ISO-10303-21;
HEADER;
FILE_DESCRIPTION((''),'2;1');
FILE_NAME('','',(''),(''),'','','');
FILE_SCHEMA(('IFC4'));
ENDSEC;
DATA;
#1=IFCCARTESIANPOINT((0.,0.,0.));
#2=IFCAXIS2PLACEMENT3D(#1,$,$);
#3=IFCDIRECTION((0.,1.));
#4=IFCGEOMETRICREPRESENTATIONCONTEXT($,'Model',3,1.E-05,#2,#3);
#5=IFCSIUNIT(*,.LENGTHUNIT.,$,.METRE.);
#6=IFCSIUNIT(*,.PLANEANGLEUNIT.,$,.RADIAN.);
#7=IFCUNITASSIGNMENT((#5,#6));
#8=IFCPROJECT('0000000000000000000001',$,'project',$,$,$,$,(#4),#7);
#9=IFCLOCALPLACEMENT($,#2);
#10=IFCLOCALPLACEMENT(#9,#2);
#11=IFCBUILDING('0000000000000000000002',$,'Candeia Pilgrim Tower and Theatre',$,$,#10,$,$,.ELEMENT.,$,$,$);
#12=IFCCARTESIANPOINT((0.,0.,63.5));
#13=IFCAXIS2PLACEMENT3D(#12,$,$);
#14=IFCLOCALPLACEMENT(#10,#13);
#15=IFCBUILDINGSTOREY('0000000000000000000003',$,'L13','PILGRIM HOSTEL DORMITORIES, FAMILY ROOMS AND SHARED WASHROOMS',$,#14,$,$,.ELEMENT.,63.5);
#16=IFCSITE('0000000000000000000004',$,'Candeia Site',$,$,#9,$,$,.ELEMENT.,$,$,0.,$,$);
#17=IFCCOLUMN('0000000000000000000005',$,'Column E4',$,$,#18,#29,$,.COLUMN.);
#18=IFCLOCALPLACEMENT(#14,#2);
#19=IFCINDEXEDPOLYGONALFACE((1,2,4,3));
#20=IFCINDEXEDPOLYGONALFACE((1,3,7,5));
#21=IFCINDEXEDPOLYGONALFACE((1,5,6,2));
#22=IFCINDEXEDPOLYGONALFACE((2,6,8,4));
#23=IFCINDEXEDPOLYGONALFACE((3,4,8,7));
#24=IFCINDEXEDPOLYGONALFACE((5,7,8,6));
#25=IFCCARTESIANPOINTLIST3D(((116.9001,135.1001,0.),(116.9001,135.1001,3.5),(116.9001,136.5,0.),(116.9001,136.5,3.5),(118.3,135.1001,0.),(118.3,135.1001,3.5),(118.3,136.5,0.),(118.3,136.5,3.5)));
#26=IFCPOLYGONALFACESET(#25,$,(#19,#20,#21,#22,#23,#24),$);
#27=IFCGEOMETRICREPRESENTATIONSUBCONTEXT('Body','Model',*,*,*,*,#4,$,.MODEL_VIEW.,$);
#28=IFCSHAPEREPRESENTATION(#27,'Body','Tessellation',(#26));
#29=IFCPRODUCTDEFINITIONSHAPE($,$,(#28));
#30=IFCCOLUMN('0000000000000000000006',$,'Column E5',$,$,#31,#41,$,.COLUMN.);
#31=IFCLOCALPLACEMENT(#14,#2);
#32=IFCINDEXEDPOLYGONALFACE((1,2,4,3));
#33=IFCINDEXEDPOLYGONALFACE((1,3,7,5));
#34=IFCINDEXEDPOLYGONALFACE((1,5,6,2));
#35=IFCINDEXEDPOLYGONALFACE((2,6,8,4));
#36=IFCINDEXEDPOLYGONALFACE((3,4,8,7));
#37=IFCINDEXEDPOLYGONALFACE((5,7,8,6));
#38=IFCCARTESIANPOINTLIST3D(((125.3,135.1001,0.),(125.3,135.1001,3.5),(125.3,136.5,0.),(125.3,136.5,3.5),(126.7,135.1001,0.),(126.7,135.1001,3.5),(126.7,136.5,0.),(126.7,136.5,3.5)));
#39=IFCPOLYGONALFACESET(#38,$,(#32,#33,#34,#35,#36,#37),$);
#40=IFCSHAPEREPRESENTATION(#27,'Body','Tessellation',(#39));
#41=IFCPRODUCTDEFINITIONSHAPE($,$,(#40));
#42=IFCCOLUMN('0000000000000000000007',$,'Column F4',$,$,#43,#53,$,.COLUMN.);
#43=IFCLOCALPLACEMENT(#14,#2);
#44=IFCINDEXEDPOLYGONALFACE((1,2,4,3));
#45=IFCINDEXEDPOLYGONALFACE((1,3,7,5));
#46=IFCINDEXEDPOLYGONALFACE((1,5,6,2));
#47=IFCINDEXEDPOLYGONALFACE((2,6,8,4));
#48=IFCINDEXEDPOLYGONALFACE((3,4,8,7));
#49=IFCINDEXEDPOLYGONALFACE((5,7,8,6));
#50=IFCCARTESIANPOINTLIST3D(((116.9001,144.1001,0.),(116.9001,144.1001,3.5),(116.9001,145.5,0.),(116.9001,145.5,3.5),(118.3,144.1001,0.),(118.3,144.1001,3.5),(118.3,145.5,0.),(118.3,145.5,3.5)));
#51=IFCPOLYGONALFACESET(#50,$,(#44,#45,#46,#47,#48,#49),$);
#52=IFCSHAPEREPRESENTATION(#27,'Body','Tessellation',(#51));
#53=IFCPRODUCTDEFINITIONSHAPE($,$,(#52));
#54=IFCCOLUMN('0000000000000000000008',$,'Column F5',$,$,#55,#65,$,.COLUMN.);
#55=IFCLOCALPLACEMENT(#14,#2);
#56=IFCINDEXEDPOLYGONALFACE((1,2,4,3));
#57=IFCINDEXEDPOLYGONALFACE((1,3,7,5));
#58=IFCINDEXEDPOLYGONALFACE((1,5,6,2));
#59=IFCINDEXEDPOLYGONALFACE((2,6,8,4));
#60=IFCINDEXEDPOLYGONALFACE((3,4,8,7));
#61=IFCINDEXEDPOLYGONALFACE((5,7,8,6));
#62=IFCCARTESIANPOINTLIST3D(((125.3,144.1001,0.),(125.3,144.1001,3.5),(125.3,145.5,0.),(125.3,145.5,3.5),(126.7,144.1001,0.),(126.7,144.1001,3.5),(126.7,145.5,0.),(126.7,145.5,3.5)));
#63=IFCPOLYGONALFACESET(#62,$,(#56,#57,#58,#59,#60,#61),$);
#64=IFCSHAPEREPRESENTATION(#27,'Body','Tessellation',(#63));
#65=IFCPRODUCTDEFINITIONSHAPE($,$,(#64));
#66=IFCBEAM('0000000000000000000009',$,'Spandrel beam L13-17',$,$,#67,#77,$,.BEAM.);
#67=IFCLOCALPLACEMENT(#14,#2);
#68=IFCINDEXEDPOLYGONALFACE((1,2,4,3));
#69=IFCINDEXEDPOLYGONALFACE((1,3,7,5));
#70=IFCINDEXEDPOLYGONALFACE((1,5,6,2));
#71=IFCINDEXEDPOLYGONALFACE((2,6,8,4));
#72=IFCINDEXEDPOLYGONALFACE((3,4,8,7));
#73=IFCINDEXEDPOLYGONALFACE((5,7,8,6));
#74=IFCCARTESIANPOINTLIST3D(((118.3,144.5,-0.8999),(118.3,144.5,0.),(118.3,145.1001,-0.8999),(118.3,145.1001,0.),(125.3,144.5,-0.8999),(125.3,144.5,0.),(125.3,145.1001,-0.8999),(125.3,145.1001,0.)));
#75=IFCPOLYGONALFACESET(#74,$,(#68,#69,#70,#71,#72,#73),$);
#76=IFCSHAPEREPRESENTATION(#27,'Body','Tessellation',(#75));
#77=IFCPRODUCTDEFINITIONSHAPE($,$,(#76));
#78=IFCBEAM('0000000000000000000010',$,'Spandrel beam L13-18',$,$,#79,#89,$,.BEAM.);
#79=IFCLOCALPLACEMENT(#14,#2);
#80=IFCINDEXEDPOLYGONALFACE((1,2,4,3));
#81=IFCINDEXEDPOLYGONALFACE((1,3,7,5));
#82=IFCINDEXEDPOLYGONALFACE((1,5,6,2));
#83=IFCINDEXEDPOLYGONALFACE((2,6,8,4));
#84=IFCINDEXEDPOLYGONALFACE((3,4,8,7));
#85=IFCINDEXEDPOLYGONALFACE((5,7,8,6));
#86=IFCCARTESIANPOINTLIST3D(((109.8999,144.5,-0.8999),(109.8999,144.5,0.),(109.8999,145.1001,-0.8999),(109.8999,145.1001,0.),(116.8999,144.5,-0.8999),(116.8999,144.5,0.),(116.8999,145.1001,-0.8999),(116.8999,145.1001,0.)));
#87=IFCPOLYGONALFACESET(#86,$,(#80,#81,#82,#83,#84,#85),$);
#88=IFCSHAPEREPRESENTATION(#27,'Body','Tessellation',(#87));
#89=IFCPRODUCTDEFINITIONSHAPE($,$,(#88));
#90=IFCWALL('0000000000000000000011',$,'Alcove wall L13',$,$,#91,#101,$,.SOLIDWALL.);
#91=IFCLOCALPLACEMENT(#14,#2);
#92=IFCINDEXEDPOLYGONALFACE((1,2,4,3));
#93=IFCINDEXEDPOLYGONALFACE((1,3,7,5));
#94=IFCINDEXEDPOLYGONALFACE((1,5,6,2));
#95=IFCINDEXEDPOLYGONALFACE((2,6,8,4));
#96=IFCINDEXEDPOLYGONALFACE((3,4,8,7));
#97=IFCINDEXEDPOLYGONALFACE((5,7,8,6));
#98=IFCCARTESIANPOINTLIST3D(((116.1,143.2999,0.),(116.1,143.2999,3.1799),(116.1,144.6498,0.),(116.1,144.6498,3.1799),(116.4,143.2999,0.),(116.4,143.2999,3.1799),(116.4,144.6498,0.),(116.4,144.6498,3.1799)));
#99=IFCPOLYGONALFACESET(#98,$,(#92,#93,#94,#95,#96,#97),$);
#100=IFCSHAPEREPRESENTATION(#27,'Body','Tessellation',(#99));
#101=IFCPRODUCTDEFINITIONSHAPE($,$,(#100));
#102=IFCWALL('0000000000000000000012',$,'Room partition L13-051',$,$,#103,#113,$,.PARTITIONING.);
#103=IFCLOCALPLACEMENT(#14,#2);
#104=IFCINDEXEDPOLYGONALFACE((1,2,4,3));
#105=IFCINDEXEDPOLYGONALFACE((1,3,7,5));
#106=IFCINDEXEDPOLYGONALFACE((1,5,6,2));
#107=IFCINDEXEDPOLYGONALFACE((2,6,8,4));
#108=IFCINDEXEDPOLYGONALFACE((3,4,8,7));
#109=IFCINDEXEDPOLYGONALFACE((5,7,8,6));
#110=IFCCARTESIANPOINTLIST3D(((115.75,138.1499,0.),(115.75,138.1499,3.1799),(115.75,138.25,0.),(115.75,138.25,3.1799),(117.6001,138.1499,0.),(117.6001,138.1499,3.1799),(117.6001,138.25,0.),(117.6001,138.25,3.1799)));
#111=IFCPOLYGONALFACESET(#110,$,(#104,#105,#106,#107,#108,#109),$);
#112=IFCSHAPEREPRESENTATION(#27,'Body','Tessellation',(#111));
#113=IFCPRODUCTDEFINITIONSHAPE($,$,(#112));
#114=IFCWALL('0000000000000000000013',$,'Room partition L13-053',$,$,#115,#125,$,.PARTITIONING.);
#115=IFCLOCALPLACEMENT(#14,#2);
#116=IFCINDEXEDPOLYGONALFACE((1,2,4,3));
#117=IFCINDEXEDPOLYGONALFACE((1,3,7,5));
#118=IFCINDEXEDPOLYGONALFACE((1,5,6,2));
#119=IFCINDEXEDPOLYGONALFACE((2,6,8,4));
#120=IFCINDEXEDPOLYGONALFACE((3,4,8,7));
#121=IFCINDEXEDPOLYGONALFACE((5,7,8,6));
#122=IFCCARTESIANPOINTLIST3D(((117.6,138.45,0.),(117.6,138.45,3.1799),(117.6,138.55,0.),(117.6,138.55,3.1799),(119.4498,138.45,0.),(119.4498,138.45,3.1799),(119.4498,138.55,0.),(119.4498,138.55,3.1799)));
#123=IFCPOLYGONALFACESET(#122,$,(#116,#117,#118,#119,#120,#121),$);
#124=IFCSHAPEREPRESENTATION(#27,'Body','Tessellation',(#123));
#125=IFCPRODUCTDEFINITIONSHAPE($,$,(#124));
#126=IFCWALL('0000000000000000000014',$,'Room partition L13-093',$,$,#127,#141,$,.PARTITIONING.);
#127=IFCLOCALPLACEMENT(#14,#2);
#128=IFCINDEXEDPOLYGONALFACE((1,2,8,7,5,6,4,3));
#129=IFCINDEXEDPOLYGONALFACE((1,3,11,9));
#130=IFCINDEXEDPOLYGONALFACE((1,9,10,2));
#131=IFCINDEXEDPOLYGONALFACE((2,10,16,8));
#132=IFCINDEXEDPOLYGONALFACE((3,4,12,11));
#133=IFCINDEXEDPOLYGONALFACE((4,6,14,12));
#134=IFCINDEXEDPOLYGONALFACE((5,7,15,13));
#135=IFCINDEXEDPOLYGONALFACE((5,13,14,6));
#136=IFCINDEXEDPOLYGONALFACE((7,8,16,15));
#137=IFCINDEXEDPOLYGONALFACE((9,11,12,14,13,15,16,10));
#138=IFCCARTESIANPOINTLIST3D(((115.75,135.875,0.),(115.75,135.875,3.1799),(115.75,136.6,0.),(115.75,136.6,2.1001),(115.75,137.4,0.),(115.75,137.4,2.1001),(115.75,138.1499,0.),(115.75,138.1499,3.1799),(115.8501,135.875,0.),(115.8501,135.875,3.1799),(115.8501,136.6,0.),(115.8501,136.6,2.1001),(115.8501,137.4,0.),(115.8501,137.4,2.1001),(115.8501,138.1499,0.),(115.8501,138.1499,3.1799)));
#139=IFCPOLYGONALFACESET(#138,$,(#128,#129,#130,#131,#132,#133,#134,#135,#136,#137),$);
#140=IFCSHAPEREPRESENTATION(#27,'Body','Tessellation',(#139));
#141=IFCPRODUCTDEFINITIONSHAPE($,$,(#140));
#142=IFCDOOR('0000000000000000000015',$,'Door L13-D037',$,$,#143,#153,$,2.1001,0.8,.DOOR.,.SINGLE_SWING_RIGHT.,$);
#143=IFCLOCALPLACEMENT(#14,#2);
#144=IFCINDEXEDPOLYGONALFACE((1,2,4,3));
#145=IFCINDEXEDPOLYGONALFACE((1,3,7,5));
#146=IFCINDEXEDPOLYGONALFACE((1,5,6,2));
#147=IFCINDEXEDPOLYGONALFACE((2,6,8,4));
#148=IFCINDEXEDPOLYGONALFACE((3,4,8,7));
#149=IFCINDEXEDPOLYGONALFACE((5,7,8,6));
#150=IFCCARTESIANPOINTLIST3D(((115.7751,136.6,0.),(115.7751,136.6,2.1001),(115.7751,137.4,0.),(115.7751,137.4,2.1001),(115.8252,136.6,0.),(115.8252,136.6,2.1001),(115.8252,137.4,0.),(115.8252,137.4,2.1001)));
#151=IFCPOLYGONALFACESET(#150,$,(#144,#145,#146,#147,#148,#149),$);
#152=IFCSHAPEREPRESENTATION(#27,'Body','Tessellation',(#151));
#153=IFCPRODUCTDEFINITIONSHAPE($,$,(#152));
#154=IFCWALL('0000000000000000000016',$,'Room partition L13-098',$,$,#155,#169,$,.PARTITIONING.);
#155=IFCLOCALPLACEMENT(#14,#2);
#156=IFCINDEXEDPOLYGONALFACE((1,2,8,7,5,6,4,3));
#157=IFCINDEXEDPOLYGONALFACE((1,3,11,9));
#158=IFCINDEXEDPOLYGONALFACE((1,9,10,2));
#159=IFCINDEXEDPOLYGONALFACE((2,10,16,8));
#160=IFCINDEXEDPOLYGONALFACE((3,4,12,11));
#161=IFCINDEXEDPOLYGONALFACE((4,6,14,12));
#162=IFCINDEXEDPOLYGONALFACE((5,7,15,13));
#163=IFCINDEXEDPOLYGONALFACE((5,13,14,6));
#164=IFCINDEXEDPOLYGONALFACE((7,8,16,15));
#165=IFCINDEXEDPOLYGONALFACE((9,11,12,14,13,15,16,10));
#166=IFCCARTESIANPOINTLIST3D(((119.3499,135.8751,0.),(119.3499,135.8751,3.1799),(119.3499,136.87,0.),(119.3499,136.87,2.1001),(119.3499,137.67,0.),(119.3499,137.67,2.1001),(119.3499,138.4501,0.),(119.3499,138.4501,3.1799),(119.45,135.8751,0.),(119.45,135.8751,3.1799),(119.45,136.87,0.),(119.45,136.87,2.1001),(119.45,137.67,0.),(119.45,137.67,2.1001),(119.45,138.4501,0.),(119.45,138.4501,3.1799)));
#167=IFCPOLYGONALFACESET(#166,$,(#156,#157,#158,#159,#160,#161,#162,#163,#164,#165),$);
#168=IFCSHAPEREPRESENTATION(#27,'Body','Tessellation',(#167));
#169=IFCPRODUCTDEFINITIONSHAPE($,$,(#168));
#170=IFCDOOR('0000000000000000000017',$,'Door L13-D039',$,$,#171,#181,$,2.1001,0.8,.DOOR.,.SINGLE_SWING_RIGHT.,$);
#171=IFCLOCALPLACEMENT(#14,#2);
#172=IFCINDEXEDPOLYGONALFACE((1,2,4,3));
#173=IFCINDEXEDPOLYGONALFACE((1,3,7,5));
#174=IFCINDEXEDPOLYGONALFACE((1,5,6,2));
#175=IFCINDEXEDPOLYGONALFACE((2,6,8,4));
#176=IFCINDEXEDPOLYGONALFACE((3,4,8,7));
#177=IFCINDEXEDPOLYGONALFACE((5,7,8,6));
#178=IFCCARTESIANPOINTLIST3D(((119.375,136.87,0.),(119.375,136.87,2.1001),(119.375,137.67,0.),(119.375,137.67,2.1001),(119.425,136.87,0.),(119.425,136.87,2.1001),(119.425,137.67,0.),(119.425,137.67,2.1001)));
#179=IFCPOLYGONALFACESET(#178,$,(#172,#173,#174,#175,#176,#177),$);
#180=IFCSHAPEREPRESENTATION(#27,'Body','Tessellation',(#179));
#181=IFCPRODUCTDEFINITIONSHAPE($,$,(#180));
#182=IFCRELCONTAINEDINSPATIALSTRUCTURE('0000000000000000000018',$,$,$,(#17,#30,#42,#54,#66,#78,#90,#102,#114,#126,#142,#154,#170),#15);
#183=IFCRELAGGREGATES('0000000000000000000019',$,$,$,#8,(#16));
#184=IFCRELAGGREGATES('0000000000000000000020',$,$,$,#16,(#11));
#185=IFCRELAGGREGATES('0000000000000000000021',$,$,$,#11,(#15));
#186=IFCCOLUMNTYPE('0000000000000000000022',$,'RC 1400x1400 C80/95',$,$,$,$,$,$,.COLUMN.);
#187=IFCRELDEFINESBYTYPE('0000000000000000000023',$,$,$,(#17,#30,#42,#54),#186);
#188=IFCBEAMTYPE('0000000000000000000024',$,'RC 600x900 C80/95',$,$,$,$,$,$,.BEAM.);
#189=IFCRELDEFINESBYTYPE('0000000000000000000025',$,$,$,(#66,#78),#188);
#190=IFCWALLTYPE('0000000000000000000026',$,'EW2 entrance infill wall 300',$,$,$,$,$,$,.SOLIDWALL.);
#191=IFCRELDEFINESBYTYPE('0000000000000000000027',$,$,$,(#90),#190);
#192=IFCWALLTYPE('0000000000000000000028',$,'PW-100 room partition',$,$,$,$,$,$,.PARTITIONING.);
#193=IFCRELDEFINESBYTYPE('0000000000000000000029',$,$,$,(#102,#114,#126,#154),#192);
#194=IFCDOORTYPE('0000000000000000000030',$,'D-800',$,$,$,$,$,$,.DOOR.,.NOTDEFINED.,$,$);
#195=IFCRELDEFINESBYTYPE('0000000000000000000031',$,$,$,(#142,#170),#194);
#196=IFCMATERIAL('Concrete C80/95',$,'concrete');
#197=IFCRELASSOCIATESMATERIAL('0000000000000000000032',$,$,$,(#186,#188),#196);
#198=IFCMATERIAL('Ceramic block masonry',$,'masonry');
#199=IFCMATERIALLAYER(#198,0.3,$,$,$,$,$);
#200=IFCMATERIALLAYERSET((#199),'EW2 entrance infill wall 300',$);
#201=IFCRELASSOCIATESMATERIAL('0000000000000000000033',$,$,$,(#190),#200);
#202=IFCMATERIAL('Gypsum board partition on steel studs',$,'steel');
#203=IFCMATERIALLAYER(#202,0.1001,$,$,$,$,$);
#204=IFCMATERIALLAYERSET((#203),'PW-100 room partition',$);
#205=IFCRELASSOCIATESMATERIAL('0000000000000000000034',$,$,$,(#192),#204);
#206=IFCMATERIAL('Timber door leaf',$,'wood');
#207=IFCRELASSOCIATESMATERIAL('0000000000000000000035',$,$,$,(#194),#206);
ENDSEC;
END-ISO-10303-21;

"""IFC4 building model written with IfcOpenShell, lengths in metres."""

from ifc_helpers import new_model, si_unit, direction, frame, frame_2d, origin, origin_2d, place, context, subcontext, project, spatial, rectangle, extrude, material, layer, layer_set, material_profile, profile_set, type_object, element, fill, save


model = new_model("IFC4")

# Units and contexts
model_context = context("Model", 3, precision=1e-05, world=origin(), true_north=direction((0.0, 1.0)))
body_context = subcontext(model_context, "Body", "Model", "MODEL_VIEW")
ifc_project = project(units=[si_unit("LENGTHUNIT", "METRE"), si_unit("PLANEANGLEUNIT", "RADIAN")], contexts=[model_context])

# Site, building, storey
site_placement = place(None, origin())
site = spatial("IfcSite", under=ifc_project, at=site_placement, Name="Candeia Site", CompositionType="ELEMENT", RefElevation=0.0)
building_placement = place(site_placement, origin())
building = spatial("IfcBuilding", under=site, at=building_placement, Name="Candeia Pilgrim Tower and Theatre", CompositionType="ELEMENT")
storey_placement = place(building_placement, frame((0.0, 0.0, 63.5)))
storey = spatial("IfcBuildingStorey", under=building, at=storey_placement, Name="L13", Description="PILGRIM HOSTEL DORMITORIES, FAMILY ROOMS AND SHARED WASHROOMS", CompositionType="ELEMENT", Elevation=63.5)

# Columns
ifc_material_1 = material(Name="Concrete C80/95", Category="concrete")
ifc_material_profile_1 = material_profile(ifc_material_1, rectangle(XDim=1.3999, YDim=1.3999, at=origin_2d()))
ifc_profile_set_1 = profile_set([ifc_material_profile_1], Name="Concrete C80/95")
column_type = type_object("IfcColumnType", Name="RC 1400x1400 C80/95", PredefinedType="COLUMN", material=ifc_profile_set_1)
for number, where, z_axis, x_axis, name in (
    (1, (117.6001, 135.8, 0.0), (0.0, 0.0, 1.0), (1.0, 0.0, 0.0), "Column E4"),
    (2, (126.0, 135.8, 0.0), (0.0, 0.0, 1.0), (1.0, 0.0, 0.0), "Column E5"),
    (3, (117.6001, 144.8, 0.0), (0.0, 0.0, 1.0), (1.0, 0.0, 0.0), "Column F4"),
    (4, (126.0, 144.8, 0.0), (0.0, 0.0, 1.0), (1.0, 0.0, 0.0), "Column F5"),
):
    element("IfcColumn", number, at=place(storey_placement, frame(where, z_axis=z_axis, x_axis=x_axis)), inside=storey, type_object=column_type, Name=name, PredefinedType="COLUMN", context=body_context, shape_type="SweptSolid", body=[
        extrude(rectangle(XDim=1.3999, YDim=1.3999, at=origin_2d()), origin(), (0.0, 0.0, 1.0), 3.5),
    ])

# Beams
ifc_material_profile_2 = material_profile(ifc_material_1, rectangle(XDim=0.6001, YDim=0.8999, at=origin_2d()))
ifc_profile_set_2 = profile_set([ifc_material_profile_2], Name="Concrete C80/95")
beam_type = type_object("IfcBeamType", Name="RC 600x900 C80/95", PredefinedType="BEAM", material=ifc_profile_set_2)
for number, where, z_axis, x_axis, name in (
    (5, (125.3, 144.8, -0.45), (-1.0, 0.0, 0.0), (0.0, -1.0, 0.0), "Spandrel beam L13-17"),
    (6, (116.8999, 144.8, -0.45), (-1.0, 0.0, 0.0), (0.0, -1.0, 0.0), "Spandrel beam L13-18"),
):
    element("IfcBeam", number, at=place(storey_placement, frame(where, z_axis=z_axis, x_axis=x_axis)), inside=storey, type_object=beam_type, Name=name, PredefinedType="BEAM", context=body_context, shape_type="SweptSolid", body=[
        extrude(rectangle(XDim=0.6001, YDim=0.8999, at=origin_2d()), origin(), (0.0, 0.0, 1.0), 7.0),
    ])

# Wall
ifc_material_2 = material(Name="Ceramic block masonry", Category="masonry")
ifc_layer_1 = layer(ifc_material_2, 0.3)
ifc_layer_set_1 = layer_set([ifc_layer_1], Name="EW2 entrance infill wall 300")
wall_type_1 = type_object("IfcWallType", Name="EW2 entrance infill wall 300", PredefinedType="SOLIDWALL", material=ifc_layer_set_1)
wall_1_placement = place(storey_placement, frame((116.25, 143.3, 0.0), z_axis=(0.0, 0.0, 1.0), x_axis=(0.0, 1.0, 0.0)))
element("IfcWall", 7, at=wall_1_placement, inside=storey, type_object=wall_type_1, Name="Alcove wall L13", PredefinedType="SOLIDWALL", context=body_context, shape_type="SweptSolid", body=[
    extrude(rectangle(XDim=1.3499, YDim=0.3, at=frame_2d((0.6748, 0.0))), origin(), (0.0, 0.0, 1.0), 3.1799),
])

# Walls
ifc_material_3 = material(Name="Gypsum board partition on steel studs", Category="steel")
ifc_layer_2 = layer(ifc_material_3, 0.1001)
ifc_layer_set_2 = layer_set([ifc_layer_2], Name="PW-100 room partition")
wall_type_2 = type_object("IfcWallType", Name="PW-100 room partition", PredefinedType="PARTITIONING", material=ifc_layer_set_2)
wall_2_placement = place(storey_placement, frame((115.75, 138.2, 0.0), z_axis=(0.0, 0.0, 1.0), x_axis=(1.0, 0.0, 0.0)))
element("IfcWall", 8, at=wall_2_placement, inside=storey, type_object=wall_type_2, Name="Room partition L13-051", PredefinedType="PARTITIONING", context=body_context, shape_type="SweptSolid", body=[
    extrude(rectangle(XDim=1.8501, YDim=0.1001, at=frame_2d((0.925, 0.0))), origin(), (0.0, 0.0, 1.0), 3.1799),
])
wall_3_placement = place(storey_placement, frame((117.6001, 138.5, 0.0), z_axis=(0.0, 0.0, 1.0), x_axis=(1.0, 0.0, 0.0)))
element("IfcWall", 9, at=wall_3_placement, inside=storey, type_object=wall_type_2, Name="Room partition L13-053", PredefinedType="PARTITIONING", context=body_context, shape_type="SweptSolid", body=[
    extrude(rectangle(XDim=1.8499, YDim=0.1001, at=frame_2d((0.9248, 0.0))), origin(), (0.0, 0.0, 1.0), 3.1799),
])

# Walls, openings, doors
wall_4_placement = place(storey_placement, frame((115.8, 135.875, 0.0), z_axis=(0.0, 0.0, 1.0), x_axis=(0.0, 1.0, 0.0)))
wall_4 = element("IfcWall", 10, at=wall_4_placement, inside=storey, type_object=wall_type_2, Name="Room partition L13-093", PredefinedType="PARTITIONING", context=body_context, shape_type="SweptSolid", body=[
    extrude(rectangle(XDim=2.2749, YDim=0.1001, at=frame_2d((1.1375, 0.0))), origin(), (0.0, 0.0, 1.0), 3.1799),
])
opening_1_placement = place(wall_4_placement, frame((0.7251, 0.0, 0.0)))
opening_1 = element("IfcOpeningElement", 11, at=opening_1_placement, cuts=wall_4, PredefinedType="OPENING", context=body_context, shape_type="SweptSolid", body=[
    extrude(rectangle(XDim=0.8, YDim=2.1001, at=frame_2d((0.3999, 1.05))), frame((0.0, 0.0601, 0.0), z_axis=(0.0, -1.0, 0.0), x_axis=(1.0, 0.0, 0.0)), (0.0, 0.0, 1.0), 0.1201),
])
ifc_material_4 = material(Name="Timber door leaf", Category="wood")
door_type_1 = type_object("IfcDoorType", Name="D-800", OperationType="NOTDEFINED", PredefinedType="DOOR", material=ifc_material_4)
door_1_placement = place(opening_1_placement, origin())
door_1 = element("IfcDoor", 12, at=door_1_placement, inside=storey, type_object=door_type_1, Name="Door L13-D037", OperationType="SINGLE_SWING_RIGHT", OverallHeight=2.1001, OverallWidth=0.8, PredefinedType="DOOR", context=body_context, shape_type="SweptSolid", body=[
    extrude(rectangle(XDim=0.8, YDim=2.1001, at=frame_2d((0.3999, 1.05))), frame((0.0, 0.0249, 0.0), z_axis=(0.0, -1.0, 0.0), x_axis=(1.0, 0.0, 0.0)), (0.0, 0.0, 1.0), 0.05),
])
fill(opening_1, door_1)
wall_5_placement = place(storey_placement, frame((119.3999, 135.875, 0.0), z_axis=(0.0, 0.0, 1.0), x_axis=(0.0, 1.0, 0.0)))
wall_5 = element("IfcWall", 13, at=wall_5_placement, inside=storey, type_object=wall_type_2, Name="Room partition L13-098", PredefinedType="PARTITIONING", context=body_context, shape_type="SweptSolid", body=[
    extrude(rectangle(XDim=2.575, YDim=0.1001, at=frame_2d((1.2876, 0.0))), origin(), (0.0, 0.0, 1.0), 3.1799),
])
opening_2_placement = place(wall_5_placement, frame((0.9951, 0.0, 0.0)))
opening_2 = element("IfcOpeningElement", 14, at=opening_2_placement, cuts=wall_5, PredefinedType="OPENING", context=body_context, shape_type="SweptSolid", body=[
    extrude(rectangle(XDim=0.8, YDim=2.1001, at=frame_2d((0.3999, 1.05))), frame((0.0, 0.0601, 0.0), z_axis=(0.0, -1.0, 0.0), x_axis=(1.0, 0.0, 0.0)), (0.0, 0.0, 1.0), 0.1201),
])
door_2_placement = place(opening_2_placement, origin())
door_2 = element("IfcDoor", 15, at=door_2_placement, inside=storey, type_object=door_type_1, Name="Door L13-D039", OperationType="SINGLE_SWING_RIGHT", OverallHeight=2.1001, OverallWidth=0.8, PredefinedType="DOOR", context=body_context, shape_type="SweptSolid", body=[
    extrude(rectangle(XDim=0.8, YDim=2.1001, at=frame_2d((0.3999, 1.05))), frame((0.0, 0.0249, 0.0), z_axis=(0.0, -1.0, 0.0), x_axis=(1.0, 0.0, 0.0)), (0.0, 0.0, 1.0), 0.05),
])
fill(opening_2, door_2)

save(model, "model.ifc")
